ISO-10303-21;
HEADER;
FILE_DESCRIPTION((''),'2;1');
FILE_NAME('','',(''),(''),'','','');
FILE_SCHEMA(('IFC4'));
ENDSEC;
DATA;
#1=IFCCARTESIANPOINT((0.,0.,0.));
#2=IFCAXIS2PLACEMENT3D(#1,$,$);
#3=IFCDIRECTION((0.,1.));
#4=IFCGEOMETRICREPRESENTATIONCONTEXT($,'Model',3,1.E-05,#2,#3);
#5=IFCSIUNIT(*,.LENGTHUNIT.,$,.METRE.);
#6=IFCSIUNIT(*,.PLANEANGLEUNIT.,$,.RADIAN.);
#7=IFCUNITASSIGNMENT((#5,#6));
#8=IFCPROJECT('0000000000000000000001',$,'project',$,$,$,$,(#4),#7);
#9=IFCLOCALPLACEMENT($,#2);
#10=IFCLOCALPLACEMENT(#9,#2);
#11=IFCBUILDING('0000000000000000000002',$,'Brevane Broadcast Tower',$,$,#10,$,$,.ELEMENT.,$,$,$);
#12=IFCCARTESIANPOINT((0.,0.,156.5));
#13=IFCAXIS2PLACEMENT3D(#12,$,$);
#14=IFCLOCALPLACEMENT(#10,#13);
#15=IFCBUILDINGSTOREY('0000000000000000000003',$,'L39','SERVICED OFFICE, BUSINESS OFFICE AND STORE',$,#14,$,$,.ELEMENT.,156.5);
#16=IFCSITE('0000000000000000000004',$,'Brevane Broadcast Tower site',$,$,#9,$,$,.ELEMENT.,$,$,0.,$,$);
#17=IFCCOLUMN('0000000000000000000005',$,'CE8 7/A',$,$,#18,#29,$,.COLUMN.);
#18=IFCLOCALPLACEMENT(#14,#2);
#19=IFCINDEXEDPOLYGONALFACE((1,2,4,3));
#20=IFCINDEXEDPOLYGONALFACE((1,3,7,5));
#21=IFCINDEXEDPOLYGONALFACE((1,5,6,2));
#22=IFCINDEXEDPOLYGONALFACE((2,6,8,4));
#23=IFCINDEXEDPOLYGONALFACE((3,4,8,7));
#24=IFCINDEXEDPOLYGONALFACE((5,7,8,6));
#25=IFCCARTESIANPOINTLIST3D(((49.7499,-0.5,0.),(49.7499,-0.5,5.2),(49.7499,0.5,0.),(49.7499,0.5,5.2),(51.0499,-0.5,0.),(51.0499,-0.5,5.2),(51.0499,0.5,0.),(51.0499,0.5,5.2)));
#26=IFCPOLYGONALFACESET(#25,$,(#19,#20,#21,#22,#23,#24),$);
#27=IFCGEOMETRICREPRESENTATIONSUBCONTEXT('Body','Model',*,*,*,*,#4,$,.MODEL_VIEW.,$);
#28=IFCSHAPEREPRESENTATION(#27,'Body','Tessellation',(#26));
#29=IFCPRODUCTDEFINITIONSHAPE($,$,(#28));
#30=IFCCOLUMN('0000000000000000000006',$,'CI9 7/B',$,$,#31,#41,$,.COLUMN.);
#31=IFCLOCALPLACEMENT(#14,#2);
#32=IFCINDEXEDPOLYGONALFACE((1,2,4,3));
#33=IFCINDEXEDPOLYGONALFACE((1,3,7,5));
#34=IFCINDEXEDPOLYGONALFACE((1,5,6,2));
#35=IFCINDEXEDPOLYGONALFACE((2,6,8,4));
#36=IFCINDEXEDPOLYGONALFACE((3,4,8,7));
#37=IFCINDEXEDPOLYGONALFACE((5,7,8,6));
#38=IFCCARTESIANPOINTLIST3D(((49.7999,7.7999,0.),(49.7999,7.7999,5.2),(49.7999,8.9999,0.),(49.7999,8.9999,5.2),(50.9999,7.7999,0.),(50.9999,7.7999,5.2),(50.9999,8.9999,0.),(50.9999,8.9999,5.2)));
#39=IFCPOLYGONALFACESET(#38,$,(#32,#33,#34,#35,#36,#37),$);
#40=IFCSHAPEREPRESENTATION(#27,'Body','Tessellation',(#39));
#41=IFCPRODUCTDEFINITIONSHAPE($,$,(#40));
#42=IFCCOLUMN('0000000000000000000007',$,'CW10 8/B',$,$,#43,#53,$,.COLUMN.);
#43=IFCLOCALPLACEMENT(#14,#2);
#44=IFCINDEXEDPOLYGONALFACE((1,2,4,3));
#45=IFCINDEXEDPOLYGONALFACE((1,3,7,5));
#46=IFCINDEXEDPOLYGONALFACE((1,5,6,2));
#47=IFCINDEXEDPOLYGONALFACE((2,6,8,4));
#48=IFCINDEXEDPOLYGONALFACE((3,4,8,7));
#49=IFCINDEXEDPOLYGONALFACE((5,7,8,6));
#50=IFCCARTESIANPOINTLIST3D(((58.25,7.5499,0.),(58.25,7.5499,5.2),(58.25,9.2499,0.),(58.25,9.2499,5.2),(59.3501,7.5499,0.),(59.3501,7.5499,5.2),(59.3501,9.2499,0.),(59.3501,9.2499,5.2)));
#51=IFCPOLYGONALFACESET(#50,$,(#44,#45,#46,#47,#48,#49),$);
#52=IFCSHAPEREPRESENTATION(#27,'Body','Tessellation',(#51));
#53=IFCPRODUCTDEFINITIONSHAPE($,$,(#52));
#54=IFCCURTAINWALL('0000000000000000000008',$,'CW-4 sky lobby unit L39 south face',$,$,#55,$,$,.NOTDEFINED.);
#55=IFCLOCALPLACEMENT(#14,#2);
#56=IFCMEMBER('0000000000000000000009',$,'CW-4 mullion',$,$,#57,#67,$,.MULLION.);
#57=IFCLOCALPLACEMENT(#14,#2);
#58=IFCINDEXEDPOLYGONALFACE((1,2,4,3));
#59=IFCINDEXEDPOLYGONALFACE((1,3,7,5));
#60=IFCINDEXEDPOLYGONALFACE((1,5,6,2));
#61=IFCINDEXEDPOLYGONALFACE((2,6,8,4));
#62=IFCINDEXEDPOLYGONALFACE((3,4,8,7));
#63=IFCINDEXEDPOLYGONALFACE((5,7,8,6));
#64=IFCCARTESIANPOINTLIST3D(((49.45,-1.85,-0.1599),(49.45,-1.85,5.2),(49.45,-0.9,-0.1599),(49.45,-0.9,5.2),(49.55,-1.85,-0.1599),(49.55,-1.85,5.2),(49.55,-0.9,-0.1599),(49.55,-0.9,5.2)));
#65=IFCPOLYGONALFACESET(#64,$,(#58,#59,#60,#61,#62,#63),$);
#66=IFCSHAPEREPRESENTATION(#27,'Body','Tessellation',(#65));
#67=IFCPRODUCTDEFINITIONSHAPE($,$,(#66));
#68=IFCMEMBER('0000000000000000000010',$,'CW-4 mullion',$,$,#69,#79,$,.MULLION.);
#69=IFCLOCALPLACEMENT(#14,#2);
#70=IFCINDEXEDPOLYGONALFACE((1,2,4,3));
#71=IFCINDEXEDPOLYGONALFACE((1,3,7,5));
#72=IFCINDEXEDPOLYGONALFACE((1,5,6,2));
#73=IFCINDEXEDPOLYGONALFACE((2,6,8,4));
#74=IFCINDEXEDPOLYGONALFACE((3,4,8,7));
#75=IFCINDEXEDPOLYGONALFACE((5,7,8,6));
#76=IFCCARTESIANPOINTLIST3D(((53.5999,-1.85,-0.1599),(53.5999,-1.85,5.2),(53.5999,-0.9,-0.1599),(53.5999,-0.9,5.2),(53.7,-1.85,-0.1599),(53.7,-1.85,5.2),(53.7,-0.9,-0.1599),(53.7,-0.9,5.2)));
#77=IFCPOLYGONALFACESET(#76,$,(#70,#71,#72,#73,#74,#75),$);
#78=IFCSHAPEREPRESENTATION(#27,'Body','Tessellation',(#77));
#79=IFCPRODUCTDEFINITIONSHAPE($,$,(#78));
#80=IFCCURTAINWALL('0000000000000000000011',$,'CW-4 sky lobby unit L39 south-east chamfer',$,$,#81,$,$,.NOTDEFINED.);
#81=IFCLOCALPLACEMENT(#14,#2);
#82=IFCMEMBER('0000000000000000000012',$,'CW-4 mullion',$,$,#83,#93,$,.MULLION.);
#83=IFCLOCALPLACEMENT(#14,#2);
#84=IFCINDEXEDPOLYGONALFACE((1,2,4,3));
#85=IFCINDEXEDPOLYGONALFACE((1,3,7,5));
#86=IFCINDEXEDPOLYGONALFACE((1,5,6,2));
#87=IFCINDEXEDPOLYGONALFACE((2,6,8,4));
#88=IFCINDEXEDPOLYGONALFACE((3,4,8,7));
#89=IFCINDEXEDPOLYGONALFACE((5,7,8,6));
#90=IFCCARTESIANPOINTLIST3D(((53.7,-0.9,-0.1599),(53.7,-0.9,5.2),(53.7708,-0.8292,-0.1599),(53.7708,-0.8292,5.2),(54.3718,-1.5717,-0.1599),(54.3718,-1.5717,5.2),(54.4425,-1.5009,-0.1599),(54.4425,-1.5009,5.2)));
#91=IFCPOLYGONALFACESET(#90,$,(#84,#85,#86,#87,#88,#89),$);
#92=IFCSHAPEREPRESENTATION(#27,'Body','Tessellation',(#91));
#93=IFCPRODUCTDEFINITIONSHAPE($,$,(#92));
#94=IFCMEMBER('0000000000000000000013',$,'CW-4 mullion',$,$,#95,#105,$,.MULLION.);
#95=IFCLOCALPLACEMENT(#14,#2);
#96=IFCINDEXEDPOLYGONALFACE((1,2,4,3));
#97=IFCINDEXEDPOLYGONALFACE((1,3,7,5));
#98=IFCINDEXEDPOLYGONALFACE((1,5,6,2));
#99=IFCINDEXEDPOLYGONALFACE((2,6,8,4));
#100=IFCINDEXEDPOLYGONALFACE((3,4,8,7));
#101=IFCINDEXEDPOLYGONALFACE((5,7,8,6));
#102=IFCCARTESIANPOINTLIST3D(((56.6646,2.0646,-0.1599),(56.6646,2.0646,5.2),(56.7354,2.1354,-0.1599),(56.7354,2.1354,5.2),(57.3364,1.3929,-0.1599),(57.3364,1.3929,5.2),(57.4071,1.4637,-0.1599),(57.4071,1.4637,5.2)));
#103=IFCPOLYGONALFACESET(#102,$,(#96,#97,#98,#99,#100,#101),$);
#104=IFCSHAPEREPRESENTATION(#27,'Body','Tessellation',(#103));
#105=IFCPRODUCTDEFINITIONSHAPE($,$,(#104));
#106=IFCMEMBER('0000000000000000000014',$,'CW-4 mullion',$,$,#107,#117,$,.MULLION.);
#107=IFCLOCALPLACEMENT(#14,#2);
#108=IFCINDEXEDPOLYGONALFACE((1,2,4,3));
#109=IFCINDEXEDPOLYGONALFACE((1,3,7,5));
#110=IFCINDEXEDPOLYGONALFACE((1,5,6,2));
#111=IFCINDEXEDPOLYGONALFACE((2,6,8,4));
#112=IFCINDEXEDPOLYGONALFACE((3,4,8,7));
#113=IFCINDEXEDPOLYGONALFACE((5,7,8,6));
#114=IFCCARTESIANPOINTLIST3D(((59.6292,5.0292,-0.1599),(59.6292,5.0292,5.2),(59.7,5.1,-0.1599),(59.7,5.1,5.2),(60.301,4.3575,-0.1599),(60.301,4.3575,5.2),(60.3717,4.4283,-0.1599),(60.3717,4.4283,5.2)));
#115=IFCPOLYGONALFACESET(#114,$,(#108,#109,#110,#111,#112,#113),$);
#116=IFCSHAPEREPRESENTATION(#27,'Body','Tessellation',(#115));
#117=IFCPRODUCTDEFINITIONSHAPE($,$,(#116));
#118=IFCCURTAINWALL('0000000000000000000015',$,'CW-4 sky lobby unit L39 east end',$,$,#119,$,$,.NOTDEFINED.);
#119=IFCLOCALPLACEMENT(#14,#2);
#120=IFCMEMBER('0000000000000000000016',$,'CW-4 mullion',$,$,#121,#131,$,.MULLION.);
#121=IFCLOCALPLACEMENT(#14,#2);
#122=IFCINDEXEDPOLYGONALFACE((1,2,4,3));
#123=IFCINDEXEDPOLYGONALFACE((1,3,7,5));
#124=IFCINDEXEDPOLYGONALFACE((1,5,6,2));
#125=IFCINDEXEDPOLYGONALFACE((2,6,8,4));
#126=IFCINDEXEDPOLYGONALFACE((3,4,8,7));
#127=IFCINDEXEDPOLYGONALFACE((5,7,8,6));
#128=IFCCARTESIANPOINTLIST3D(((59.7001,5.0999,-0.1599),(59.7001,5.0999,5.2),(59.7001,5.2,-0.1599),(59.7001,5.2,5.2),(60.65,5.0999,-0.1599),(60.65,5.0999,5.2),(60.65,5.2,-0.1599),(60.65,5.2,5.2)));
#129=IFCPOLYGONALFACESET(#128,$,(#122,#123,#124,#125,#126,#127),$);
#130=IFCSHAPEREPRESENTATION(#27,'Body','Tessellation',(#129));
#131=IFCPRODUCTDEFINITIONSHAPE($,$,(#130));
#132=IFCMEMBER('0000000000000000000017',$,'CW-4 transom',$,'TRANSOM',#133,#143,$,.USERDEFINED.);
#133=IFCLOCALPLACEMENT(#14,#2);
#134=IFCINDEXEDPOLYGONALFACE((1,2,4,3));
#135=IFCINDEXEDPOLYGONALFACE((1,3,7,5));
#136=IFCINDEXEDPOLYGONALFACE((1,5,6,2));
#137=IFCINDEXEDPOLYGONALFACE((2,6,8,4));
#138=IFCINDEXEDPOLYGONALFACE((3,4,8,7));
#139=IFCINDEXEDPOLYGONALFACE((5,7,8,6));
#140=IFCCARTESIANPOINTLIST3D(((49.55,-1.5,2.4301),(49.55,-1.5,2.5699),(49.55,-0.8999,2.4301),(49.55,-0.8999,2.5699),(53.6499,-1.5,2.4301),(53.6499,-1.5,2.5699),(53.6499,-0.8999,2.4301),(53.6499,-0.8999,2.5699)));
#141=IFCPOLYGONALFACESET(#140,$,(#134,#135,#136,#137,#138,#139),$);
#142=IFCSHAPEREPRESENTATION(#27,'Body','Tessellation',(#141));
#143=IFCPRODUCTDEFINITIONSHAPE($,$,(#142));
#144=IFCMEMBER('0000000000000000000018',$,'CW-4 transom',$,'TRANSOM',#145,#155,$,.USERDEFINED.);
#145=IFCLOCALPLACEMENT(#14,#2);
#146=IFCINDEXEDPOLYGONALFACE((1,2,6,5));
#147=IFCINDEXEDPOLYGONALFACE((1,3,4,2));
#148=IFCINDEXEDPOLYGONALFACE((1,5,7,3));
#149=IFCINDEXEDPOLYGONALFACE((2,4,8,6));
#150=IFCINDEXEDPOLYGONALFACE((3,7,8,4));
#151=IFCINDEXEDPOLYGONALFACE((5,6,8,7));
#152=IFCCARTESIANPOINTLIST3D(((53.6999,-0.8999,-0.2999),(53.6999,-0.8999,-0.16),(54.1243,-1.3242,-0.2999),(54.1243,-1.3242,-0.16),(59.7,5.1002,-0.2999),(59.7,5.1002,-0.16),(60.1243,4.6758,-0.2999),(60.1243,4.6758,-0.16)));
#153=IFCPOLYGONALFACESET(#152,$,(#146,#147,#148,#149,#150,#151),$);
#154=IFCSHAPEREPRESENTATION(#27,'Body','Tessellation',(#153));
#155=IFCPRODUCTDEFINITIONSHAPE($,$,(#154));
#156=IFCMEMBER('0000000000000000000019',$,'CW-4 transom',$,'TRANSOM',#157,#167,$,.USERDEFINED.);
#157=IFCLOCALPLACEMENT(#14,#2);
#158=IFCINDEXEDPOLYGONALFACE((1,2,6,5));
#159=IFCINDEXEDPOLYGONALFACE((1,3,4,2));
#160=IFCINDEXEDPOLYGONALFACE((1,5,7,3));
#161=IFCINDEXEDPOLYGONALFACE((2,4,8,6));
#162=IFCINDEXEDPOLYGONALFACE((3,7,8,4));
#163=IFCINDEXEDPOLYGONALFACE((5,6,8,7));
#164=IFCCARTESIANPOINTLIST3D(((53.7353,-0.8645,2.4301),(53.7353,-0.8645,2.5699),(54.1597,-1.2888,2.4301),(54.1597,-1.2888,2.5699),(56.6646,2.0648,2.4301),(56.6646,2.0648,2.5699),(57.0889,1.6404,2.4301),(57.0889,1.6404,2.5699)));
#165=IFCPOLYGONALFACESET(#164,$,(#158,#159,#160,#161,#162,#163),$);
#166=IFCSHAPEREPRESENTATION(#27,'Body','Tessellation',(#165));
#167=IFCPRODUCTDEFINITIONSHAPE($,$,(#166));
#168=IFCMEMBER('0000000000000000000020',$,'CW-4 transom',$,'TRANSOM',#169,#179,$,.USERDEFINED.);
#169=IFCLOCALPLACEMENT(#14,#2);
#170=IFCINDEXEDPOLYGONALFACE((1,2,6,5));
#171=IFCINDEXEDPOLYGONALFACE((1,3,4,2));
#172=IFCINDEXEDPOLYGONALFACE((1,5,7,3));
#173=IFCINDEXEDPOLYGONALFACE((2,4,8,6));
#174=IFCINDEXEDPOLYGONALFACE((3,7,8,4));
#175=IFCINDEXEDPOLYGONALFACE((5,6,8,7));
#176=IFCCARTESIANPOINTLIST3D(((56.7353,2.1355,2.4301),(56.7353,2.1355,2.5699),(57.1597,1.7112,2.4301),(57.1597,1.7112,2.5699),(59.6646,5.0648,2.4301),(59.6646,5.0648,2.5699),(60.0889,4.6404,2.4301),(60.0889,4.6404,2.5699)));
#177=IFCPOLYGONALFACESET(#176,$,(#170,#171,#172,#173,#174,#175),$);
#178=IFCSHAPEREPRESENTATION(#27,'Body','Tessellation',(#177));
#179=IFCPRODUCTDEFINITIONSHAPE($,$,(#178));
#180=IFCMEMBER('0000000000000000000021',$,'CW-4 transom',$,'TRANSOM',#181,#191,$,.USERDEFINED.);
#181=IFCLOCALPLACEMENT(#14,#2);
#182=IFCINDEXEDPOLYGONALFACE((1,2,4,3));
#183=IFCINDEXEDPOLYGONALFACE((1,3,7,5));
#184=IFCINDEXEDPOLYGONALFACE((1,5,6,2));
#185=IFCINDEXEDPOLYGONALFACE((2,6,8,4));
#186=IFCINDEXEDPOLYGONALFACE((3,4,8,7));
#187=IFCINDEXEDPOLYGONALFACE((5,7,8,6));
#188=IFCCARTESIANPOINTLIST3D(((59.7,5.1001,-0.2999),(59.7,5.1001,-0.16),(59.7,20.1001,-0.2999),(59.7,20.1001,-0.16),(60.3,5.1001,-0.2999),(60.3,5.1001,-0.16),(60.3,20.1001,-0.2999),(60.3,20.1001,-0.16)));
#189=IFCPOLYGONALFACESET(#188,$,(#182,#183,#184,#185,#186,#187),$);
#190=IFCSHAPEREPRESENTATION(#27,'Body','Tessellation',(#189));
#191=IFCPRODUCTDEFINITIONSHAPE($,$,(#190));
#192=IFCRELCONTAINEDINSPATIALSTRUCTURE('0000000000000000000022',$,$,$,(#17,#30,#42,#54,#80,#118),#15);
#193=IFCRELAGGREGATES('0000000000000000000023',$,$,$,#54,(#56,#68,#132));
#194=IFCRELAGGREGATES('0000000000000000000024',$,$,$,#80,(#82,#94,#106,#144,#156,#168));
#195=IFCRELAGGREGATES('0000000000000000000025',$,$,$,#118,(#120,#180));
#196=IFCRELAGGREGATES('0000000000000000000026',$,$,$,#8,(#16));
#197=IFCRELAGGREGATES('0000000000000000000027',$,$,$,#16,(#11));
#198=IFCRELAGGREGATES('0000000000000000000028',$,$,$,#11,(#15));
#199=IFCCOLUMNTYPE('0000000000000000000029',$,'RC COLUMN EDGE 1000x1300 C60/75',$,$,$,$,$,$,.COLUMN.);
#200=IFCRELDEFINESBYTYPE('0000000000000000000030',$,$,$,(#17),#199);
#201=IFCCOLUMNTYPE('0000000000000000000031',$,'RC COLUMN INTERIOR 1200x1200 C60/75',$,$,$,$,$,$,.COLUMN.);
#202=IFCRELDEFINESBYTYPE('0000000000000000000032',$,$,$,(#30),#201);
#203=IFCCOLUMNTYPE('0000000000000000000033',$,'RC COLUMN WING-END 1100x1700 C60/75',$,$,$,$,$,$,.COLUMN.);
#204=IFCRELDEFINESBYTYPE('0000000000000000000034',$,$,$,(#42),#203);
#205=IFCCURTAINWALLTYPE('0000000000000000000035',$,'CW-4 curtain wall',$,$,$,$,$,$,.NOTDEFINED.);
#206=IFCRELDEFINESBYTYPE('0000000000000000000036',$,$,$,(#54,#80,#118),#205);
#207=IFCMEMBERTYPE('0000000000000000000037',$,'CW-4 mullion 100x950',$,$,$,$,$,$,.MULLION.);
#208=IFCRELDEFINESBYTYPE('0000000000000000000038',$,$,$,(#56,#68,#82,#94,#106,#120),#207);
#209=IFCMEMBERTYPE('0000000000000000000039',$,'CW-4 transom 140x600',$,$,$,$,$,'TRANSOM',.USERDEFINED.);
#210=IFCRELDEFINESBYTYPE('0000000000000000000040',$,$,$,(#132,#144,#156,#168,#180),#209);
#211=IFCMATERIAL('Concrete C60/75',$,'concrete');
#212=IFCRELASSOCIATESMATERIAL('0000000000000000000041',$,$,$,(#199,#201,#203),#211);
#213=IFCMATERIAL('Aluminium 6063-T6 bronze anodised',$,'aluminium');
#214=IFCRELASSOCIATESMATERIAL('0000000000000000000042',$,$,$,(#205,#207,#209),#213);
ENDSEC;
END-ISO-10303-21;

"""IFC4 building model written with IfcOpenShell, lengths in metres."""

from ifc_helpers import new_model, si_unit, direction, frame, origin, origin_2d, place, context, subcontext, project, spatial, rectangle, extrude, material, material_profile, profile_set, type_object, element, aggregate, save


model = new_model("IFC4")

# Units and contexts
model_context = context("Model", 3, precision=1e-05, world=origin(), true_north=direction((0.0, 1.0)))
body_context = subcontext(model_context, "Body", "Model", "MODEL_VIEW")
ifc_project = project(units=[si_unit("LENGTHUNIT", "METRE"), si_unit("PLANEANGLEUNIT", "RADIAN")], contexts=[model_context])

# Site, building, storey
site_placement = place(None, origin())
site = spatial("IfcSite", under=ifc_project, at=site_placement, Name="Brevane Broadcast Tower site", CompositionType="ELEMENT", RefElevation=0.0)
building_placement = place(site_placement, origin())
building = spatial("IfcBuilding", under=site, at=building_placement, Name="Brevane Broadcast Tower", CompositionType="ELEMENT")
storey_placement = place(building_placement, frame((0.0, 0.0, 156.5)))
storey = spatial("IfcBuildingStorey", under=building, at=storey_placement, Name="L39", Description="SERVICED OFFICE, BUSINESS OFFICE AND STORE", CompositionType="ELEMENT", Elevation=156.5)

# Columns
ifc_material_1 = material(Name="Concrete C60/75", Category="concrete")
ifc_material_profile_1 = material_profile(ifc_material_1, rectangle(XDim=1.0, YDim=1.3, at=origin_2d()), Name="RC 1000x1300")
ifc_profile_set_1 = profile_set([ifc_material_profile_1], Name="Concrete C60/75")
column_type_1 = type_object("IfcColumnType", Name="RC COLUMN EDGE 1000x1300 C60/75", PredefinedType="COLUMN", material=ifc_profile_set_1)
column_1_placement = place(storey_placement, frame((50.3999, 0.0, 0.0), z_axis=(0.0, 0.0, 1.0), x_axis=(0.0, 1.0, 0.0)))
element("IfcColumn", 1, at=column_1_placement, inside=storey, type_object=column_type_1, Name="CE8 7/A", PredefinedType="COLUMN", context=body_context, shape_type="SweptSolid", body=[
    extrude(rectangle(XDim=1.0, YDim=1.3, at=origin_2d()), origin(), (0.0, 0.0, 1.0), 5.2),
])
ifc_material_profile_2 = material_profile(ifc_material_1, rectangle(XDim=1.2, YDim=1.2, at=origin_2d()), Name="RC 1200x1200")
ifc_profile_set_2 = profile_set([ifc_material_profile_2], Name="Concrete C60/75")
column_type_2 = type_object("IfcColumnType", Name="RC COLUMN INTERIOR 1200x1200 C60/75", PredefinedType="COLUMN", material=ifc_profile_set_2)
column_2_placement = place(storey_placement, frame((50.3999, 8.3999, 0.0), z_axis=(0.0, 0.0, 1.0), x_axis=(1.0, 0.0, 0.0)))
element("IfcColumn", 2, at=column_2_placement, inside=storey, type_object=column_type_2, Name="CI9 7/B", PredefinedType="COLUMN", context=body_context, shape_type="SweptSolid", body=[
    extrude(rectangle(XDim=1.2, YDim=1.2, at=origin_2d()), origin(), (0.0, 0.0, 1.0), 5.2),
])
ifc_material_profile_3 = material_profile(ifc_material_1, rectangle(XDim=1.1001, YDim=1.7, at=origin_2d()), Name="RC 1100x1700")
ifc_profile_set_3 = profile_set([ifc_material_profile_3], Name="Concrete C60/75")
column_type_3 = type_object("IfcColumnType", Name="RC COLUMN WING-END 1100x1700 C60/75", PredefinedType="COLUMN", material=ifc_profile_set_3)
column_3_placement = place(storey_placement, frame((58.8, 8.3999, 0.0), z_axis=(0.0, 0.0, 1.0), x_axis=(1.0, 0.0, 0.0)))
element("IfcColumn", 3, at=column_3_placement, inside=storey, type_object=column_type_3, Name="CW10 8/B", PredefinedType="COLUMN", context=body_context, shape_type="SweptSolid", body=[
    extrude(rectangle(XDim=1.1001, YDim=1.7, at=origin_2d()), origin(), (0.0, 0.0, 1.0), 5.2),
])

# Curtain walls, members
ifc_material_2 = material(Name="Aluminium 6063-T6 bronze anodised", Category="aluminium")
curtain_wall_type = type_object("IfcCurtainWallType", Name="CW-4 curtain wall", PredefinedType="NOTDEFINED", material=ifc_material_2)
curtain_wall_1_placement = place(storey_placement, origin())
curtain_wall_1 = element("IfcCurtainWall", 4, at=curtain_wall_1_placement, inside=storey, type_object=curtain_wall_type, Name="CW-4 sky lobby unit L39 south face", PredefinedType="NOTDEFINED")
ifc_material_profile_4 = material_profile(ifc_material_2, rectangle(XDim=0.95, YDim=0.1001, at=origin_2d()), Name="RECT 100x950")
ifc_profile_set_4 = profile_set([ifc_material_profile_4], Name="Aluminium 6063-T6 bronze anodised")
member_type_1 = type_object("IfcMemberType", Name="CW-4 mullion 100x950", PredefinedType="MULLION", material=ifc_profile_set_4)
member_1_placement = place(storey_placement, frame((49.5, -1.375, -0.1599), z_axis=(0.0, 0.0, 1.0), x_axis=(0.0, 1.0, 0.0)))
member_1 = element("IfcMember", 5, at=member_1_placement, type_object=member_type_1, Name="CW-4 mullion", PredefinedType="MULLION", context=body_context, shape_type="SweptSolid", body=[
    extrude(rectangle(XDim=0.95, YDim=0.1001, at=origin_2d()), origin(), (0.0, 0.0, 1.0), 5.3599),
])
member_2_placement = place(storey_placement, frame((53.6499, -1.375, -0.1599), z_axis=(0.0, 0.0, 1.0), x_axis=(0.0, 1.0, 0.0)))
member_2 = element("IfcMember", 6, at=member_2_placement, type_object=member_type_1, Name="CW-4 mullion", PredefinedType="MULLION", context=body_context, shape_type="SweptSolid", body=[
    extrude(rectangle(XDim=0.95, YDim=0.1001, at=origin_2d()), origin(), (0.0, 0.0, 1.0), 5.3599),
])
curtain_wall_2_placement = place(storey_placement, origin())
curtain_wall_2 = element("IfcCurtainWall", 7, at=curtain_wall_2_placement, inside=storey, type_object=curtain_wall_type, Name="CW-4 sky lobby unit L39 south-east chamfer", PredefinedType="NOTDEFINED")
member_3_placement = place(storey_placement, frame((54.0713, -1.2004, -0.1599), z_axis=(0.0, 0.0, 1.0), x_axis=(-0.707107, 0.707107, 0.0)))
member_3 = element("IfcMember", 8, at=member_3_placement, type_object=member_type_1, Name="CW-4 mullion", PredefinedType="MULLION", context=body_context, shape_type="SweptSolid", body=[
    extrude(rectangle(XDim=0.95, YDim=0.1001, at=origin_2d()), origin(), (0.0, 0.0, 1.0), 5.3599),
])
member_4_placement = place(storey_placement, frame((57.0359, 1.7642, -0.1599), z_axis=(0.0, 0.0, 1.0), x_axis=(-0.707107, 0.707107, 0.0)))
member_4 = element("IfcMember", 9, at=member_4_placement, type_object=member_type_1, Name="CW-4 mullion", PredefinedType="MULLION", context=body_context, shape_type="SweptSolid", body=[
    extrude(rectangle(XDim=0.95, YDim=0.1001, at=origin_2d()), origin(), (0.0, 0.0, 1.0), 5.3599),
])
member_5_placement = place(storey_placement, frame((60.0005, 4.7288, -0.1599), z_axis=(0.0, 0.0, 1.0), x_axis=(-0.707107, 0.707107, 0.0)))
member_5 = element("IfcMember", 10, at=member_5_placement, type_object=member_type_1, Name="CW-4 mullion", PredefinedType="MULLION", context=body_context, shape_type="SweptSolid", body=[
    extrude(rectangle(XDim=0.95, YDim=0.1001, at=origin_2d()), origin(), (0.0, 0.0, 1.0), 5.3599),
])

# Curtain wall, member
curtain_wall_3_placement = place(storey_placement, origin())
curtain_wall_3 = element("IfcCurtainWall", 11, at=curtain_wall_3_placement, inside=storey, type_object=curtain_wall_type, Name="CW-4 sky lobby unit L39 east end", PredefinedType="NOTDEFINED")
member_6_placement = place(storey_placement, frame((60.175, 5.1499, -0.1599), z_axis=(0.0, 0.0, 1.0), x_axis=(-1.0, 0.0, 0.0)))
member_6 = element("IfcMember", 12, at=member_6_placement, type_object=member_type_1, Name="CW-4 mullion", PredefinedType="MULLION", context=body_context, shape_type="SweptSolid", body=[
    extrude(rectangle(XDim=0.95, YDim=0.1001, at=origin_2d()), origin(), (0.0, 0.0, 1.0), 5.3599),
])

# Members
ifc_material_profile_5 = material_profile(ifc_material_2, rectangle(XDim=0.6001, YDim=0.1399, at=origin_2d()), Name="RECT 140x600")
ifc_profile_set_5 = profile_set([ifc_material_profile_5], Name="Aluminium 6063-T6 bronze anodised")
member_type_2 = type_object("IfcMemberType", Name="CW-4 transom 140x600", ElementType="TRANSOM", PredefinedType="USERDEFINED", material=ifc_profile_set_5)
member_7_placement = place(storey_placement, frame((49.55, -1.2, 2.5), z_axis=(1.0, 0.0, 0.0), x_axis=(0.0, 1.0, 0.0)))
member_7 = element("IfcMember", 13, at=member_7_placement, type_object=member_type_2, Name="CW-4 transom", ObjectType="TRANSOM", PredefinedType="USERDEFINED", context=body_context, shape_type="SweptSolid", body=[
    extrude(rectangle(XDim=0.6001, YDim=0.1399, at=origin_2d()), origin(), (0.0, 0.0, 1.0), 4.0999),
])
aggregate(curtain_wall_1, [member_1, member_2, member_7])
member_8_placement = place(storey_placement, frame((53.9121, -1.1121, -0.23), z_axis=(0.707107, 0.707107, 0.0), x_axis=(-0.707107, 0.707107, 0.0)))
member_8 = element("IfcMember", 14, at=member_8_placement, type_object=member_type_2, Name="CW-4 transom", ObjectType="TRANSOM", PredefinedType="USERDEFINED", context=body_context, shape_type="SweptSolid", body=[
    extrude(rectangle(XDim=0.6001, YDim=0.1399, at=origin_2d()), origin(), (0.0, 0.0, 1.0), 8.4854),
])
member_9_placement = place(storey_placement, frame((53.9475, -1.0767, 2.5), z_axis=(0.707107, 0.707107, 0.0), x_axis=(-0.707107, 0.707107, 0.0)))
member_9 = element("IfcMember", 15, at=member_9_placement, type_object=member_type_2, Name="CW-4 transom", ObjectType="TRANSOM", PredefinedType="USERDEFINED", context=body_context, shape_type="SweptSolid", body=[
    extrude(rectangle(XDim=0.6001, YDim=0.1399, at=origin_2d()), origin(), (0.0, 0.0, 1.0), 4.1426),
])
member_10_placement = place(storey_placement, frame((56.9475, 1.9233, 2.5), z_axis=(0.707107, 0.707107, 0.0), x_axis=(-0.707107, 0.707107, 0.0)))
member_10 = element("IfcMember", 16, at=member_10_placement, type_object=member_type_2, Name="CW-4 transom", ObjectType="TRANSOM", PredefinedType="USERDEFINED", context=body_context, shape_type="SweptSolid", body=[
    extrude(rectangle(XDim=0.6001, YDim=0.1399, at=origin_2d()), origin(), (0.0, 0.0, 1.0), 4.1426),
])
aggregate(curtain_wall_2, [member_3, member_4, member_5, member_8, member_9, member_10])
member_11_placement = place(storey_placement, frame((60.0, 5.1001, -0.23), z_axis=(0.0, 1.0, 0.0), x_axis=(-1.0, 0.0, 0.0)))
member_11 = element("IfcMember", 17, at=member_11_placement, type_object=member_type_2, Name="CW-4 transom", ObjectType="TRANSOM", PredefinedType="USERDEFINED", context=body_context, shape_type="SweptSolid", body=[
    extrude(rectangle(XDim=0.6001, YDim=0.1399, at=origin_2d()), origin(), (0.0, 0.0, 1.0), 15.0),
])
aggregate(curtain_wall_3, [member_6, member_11])

save(model, "model.ifc")
